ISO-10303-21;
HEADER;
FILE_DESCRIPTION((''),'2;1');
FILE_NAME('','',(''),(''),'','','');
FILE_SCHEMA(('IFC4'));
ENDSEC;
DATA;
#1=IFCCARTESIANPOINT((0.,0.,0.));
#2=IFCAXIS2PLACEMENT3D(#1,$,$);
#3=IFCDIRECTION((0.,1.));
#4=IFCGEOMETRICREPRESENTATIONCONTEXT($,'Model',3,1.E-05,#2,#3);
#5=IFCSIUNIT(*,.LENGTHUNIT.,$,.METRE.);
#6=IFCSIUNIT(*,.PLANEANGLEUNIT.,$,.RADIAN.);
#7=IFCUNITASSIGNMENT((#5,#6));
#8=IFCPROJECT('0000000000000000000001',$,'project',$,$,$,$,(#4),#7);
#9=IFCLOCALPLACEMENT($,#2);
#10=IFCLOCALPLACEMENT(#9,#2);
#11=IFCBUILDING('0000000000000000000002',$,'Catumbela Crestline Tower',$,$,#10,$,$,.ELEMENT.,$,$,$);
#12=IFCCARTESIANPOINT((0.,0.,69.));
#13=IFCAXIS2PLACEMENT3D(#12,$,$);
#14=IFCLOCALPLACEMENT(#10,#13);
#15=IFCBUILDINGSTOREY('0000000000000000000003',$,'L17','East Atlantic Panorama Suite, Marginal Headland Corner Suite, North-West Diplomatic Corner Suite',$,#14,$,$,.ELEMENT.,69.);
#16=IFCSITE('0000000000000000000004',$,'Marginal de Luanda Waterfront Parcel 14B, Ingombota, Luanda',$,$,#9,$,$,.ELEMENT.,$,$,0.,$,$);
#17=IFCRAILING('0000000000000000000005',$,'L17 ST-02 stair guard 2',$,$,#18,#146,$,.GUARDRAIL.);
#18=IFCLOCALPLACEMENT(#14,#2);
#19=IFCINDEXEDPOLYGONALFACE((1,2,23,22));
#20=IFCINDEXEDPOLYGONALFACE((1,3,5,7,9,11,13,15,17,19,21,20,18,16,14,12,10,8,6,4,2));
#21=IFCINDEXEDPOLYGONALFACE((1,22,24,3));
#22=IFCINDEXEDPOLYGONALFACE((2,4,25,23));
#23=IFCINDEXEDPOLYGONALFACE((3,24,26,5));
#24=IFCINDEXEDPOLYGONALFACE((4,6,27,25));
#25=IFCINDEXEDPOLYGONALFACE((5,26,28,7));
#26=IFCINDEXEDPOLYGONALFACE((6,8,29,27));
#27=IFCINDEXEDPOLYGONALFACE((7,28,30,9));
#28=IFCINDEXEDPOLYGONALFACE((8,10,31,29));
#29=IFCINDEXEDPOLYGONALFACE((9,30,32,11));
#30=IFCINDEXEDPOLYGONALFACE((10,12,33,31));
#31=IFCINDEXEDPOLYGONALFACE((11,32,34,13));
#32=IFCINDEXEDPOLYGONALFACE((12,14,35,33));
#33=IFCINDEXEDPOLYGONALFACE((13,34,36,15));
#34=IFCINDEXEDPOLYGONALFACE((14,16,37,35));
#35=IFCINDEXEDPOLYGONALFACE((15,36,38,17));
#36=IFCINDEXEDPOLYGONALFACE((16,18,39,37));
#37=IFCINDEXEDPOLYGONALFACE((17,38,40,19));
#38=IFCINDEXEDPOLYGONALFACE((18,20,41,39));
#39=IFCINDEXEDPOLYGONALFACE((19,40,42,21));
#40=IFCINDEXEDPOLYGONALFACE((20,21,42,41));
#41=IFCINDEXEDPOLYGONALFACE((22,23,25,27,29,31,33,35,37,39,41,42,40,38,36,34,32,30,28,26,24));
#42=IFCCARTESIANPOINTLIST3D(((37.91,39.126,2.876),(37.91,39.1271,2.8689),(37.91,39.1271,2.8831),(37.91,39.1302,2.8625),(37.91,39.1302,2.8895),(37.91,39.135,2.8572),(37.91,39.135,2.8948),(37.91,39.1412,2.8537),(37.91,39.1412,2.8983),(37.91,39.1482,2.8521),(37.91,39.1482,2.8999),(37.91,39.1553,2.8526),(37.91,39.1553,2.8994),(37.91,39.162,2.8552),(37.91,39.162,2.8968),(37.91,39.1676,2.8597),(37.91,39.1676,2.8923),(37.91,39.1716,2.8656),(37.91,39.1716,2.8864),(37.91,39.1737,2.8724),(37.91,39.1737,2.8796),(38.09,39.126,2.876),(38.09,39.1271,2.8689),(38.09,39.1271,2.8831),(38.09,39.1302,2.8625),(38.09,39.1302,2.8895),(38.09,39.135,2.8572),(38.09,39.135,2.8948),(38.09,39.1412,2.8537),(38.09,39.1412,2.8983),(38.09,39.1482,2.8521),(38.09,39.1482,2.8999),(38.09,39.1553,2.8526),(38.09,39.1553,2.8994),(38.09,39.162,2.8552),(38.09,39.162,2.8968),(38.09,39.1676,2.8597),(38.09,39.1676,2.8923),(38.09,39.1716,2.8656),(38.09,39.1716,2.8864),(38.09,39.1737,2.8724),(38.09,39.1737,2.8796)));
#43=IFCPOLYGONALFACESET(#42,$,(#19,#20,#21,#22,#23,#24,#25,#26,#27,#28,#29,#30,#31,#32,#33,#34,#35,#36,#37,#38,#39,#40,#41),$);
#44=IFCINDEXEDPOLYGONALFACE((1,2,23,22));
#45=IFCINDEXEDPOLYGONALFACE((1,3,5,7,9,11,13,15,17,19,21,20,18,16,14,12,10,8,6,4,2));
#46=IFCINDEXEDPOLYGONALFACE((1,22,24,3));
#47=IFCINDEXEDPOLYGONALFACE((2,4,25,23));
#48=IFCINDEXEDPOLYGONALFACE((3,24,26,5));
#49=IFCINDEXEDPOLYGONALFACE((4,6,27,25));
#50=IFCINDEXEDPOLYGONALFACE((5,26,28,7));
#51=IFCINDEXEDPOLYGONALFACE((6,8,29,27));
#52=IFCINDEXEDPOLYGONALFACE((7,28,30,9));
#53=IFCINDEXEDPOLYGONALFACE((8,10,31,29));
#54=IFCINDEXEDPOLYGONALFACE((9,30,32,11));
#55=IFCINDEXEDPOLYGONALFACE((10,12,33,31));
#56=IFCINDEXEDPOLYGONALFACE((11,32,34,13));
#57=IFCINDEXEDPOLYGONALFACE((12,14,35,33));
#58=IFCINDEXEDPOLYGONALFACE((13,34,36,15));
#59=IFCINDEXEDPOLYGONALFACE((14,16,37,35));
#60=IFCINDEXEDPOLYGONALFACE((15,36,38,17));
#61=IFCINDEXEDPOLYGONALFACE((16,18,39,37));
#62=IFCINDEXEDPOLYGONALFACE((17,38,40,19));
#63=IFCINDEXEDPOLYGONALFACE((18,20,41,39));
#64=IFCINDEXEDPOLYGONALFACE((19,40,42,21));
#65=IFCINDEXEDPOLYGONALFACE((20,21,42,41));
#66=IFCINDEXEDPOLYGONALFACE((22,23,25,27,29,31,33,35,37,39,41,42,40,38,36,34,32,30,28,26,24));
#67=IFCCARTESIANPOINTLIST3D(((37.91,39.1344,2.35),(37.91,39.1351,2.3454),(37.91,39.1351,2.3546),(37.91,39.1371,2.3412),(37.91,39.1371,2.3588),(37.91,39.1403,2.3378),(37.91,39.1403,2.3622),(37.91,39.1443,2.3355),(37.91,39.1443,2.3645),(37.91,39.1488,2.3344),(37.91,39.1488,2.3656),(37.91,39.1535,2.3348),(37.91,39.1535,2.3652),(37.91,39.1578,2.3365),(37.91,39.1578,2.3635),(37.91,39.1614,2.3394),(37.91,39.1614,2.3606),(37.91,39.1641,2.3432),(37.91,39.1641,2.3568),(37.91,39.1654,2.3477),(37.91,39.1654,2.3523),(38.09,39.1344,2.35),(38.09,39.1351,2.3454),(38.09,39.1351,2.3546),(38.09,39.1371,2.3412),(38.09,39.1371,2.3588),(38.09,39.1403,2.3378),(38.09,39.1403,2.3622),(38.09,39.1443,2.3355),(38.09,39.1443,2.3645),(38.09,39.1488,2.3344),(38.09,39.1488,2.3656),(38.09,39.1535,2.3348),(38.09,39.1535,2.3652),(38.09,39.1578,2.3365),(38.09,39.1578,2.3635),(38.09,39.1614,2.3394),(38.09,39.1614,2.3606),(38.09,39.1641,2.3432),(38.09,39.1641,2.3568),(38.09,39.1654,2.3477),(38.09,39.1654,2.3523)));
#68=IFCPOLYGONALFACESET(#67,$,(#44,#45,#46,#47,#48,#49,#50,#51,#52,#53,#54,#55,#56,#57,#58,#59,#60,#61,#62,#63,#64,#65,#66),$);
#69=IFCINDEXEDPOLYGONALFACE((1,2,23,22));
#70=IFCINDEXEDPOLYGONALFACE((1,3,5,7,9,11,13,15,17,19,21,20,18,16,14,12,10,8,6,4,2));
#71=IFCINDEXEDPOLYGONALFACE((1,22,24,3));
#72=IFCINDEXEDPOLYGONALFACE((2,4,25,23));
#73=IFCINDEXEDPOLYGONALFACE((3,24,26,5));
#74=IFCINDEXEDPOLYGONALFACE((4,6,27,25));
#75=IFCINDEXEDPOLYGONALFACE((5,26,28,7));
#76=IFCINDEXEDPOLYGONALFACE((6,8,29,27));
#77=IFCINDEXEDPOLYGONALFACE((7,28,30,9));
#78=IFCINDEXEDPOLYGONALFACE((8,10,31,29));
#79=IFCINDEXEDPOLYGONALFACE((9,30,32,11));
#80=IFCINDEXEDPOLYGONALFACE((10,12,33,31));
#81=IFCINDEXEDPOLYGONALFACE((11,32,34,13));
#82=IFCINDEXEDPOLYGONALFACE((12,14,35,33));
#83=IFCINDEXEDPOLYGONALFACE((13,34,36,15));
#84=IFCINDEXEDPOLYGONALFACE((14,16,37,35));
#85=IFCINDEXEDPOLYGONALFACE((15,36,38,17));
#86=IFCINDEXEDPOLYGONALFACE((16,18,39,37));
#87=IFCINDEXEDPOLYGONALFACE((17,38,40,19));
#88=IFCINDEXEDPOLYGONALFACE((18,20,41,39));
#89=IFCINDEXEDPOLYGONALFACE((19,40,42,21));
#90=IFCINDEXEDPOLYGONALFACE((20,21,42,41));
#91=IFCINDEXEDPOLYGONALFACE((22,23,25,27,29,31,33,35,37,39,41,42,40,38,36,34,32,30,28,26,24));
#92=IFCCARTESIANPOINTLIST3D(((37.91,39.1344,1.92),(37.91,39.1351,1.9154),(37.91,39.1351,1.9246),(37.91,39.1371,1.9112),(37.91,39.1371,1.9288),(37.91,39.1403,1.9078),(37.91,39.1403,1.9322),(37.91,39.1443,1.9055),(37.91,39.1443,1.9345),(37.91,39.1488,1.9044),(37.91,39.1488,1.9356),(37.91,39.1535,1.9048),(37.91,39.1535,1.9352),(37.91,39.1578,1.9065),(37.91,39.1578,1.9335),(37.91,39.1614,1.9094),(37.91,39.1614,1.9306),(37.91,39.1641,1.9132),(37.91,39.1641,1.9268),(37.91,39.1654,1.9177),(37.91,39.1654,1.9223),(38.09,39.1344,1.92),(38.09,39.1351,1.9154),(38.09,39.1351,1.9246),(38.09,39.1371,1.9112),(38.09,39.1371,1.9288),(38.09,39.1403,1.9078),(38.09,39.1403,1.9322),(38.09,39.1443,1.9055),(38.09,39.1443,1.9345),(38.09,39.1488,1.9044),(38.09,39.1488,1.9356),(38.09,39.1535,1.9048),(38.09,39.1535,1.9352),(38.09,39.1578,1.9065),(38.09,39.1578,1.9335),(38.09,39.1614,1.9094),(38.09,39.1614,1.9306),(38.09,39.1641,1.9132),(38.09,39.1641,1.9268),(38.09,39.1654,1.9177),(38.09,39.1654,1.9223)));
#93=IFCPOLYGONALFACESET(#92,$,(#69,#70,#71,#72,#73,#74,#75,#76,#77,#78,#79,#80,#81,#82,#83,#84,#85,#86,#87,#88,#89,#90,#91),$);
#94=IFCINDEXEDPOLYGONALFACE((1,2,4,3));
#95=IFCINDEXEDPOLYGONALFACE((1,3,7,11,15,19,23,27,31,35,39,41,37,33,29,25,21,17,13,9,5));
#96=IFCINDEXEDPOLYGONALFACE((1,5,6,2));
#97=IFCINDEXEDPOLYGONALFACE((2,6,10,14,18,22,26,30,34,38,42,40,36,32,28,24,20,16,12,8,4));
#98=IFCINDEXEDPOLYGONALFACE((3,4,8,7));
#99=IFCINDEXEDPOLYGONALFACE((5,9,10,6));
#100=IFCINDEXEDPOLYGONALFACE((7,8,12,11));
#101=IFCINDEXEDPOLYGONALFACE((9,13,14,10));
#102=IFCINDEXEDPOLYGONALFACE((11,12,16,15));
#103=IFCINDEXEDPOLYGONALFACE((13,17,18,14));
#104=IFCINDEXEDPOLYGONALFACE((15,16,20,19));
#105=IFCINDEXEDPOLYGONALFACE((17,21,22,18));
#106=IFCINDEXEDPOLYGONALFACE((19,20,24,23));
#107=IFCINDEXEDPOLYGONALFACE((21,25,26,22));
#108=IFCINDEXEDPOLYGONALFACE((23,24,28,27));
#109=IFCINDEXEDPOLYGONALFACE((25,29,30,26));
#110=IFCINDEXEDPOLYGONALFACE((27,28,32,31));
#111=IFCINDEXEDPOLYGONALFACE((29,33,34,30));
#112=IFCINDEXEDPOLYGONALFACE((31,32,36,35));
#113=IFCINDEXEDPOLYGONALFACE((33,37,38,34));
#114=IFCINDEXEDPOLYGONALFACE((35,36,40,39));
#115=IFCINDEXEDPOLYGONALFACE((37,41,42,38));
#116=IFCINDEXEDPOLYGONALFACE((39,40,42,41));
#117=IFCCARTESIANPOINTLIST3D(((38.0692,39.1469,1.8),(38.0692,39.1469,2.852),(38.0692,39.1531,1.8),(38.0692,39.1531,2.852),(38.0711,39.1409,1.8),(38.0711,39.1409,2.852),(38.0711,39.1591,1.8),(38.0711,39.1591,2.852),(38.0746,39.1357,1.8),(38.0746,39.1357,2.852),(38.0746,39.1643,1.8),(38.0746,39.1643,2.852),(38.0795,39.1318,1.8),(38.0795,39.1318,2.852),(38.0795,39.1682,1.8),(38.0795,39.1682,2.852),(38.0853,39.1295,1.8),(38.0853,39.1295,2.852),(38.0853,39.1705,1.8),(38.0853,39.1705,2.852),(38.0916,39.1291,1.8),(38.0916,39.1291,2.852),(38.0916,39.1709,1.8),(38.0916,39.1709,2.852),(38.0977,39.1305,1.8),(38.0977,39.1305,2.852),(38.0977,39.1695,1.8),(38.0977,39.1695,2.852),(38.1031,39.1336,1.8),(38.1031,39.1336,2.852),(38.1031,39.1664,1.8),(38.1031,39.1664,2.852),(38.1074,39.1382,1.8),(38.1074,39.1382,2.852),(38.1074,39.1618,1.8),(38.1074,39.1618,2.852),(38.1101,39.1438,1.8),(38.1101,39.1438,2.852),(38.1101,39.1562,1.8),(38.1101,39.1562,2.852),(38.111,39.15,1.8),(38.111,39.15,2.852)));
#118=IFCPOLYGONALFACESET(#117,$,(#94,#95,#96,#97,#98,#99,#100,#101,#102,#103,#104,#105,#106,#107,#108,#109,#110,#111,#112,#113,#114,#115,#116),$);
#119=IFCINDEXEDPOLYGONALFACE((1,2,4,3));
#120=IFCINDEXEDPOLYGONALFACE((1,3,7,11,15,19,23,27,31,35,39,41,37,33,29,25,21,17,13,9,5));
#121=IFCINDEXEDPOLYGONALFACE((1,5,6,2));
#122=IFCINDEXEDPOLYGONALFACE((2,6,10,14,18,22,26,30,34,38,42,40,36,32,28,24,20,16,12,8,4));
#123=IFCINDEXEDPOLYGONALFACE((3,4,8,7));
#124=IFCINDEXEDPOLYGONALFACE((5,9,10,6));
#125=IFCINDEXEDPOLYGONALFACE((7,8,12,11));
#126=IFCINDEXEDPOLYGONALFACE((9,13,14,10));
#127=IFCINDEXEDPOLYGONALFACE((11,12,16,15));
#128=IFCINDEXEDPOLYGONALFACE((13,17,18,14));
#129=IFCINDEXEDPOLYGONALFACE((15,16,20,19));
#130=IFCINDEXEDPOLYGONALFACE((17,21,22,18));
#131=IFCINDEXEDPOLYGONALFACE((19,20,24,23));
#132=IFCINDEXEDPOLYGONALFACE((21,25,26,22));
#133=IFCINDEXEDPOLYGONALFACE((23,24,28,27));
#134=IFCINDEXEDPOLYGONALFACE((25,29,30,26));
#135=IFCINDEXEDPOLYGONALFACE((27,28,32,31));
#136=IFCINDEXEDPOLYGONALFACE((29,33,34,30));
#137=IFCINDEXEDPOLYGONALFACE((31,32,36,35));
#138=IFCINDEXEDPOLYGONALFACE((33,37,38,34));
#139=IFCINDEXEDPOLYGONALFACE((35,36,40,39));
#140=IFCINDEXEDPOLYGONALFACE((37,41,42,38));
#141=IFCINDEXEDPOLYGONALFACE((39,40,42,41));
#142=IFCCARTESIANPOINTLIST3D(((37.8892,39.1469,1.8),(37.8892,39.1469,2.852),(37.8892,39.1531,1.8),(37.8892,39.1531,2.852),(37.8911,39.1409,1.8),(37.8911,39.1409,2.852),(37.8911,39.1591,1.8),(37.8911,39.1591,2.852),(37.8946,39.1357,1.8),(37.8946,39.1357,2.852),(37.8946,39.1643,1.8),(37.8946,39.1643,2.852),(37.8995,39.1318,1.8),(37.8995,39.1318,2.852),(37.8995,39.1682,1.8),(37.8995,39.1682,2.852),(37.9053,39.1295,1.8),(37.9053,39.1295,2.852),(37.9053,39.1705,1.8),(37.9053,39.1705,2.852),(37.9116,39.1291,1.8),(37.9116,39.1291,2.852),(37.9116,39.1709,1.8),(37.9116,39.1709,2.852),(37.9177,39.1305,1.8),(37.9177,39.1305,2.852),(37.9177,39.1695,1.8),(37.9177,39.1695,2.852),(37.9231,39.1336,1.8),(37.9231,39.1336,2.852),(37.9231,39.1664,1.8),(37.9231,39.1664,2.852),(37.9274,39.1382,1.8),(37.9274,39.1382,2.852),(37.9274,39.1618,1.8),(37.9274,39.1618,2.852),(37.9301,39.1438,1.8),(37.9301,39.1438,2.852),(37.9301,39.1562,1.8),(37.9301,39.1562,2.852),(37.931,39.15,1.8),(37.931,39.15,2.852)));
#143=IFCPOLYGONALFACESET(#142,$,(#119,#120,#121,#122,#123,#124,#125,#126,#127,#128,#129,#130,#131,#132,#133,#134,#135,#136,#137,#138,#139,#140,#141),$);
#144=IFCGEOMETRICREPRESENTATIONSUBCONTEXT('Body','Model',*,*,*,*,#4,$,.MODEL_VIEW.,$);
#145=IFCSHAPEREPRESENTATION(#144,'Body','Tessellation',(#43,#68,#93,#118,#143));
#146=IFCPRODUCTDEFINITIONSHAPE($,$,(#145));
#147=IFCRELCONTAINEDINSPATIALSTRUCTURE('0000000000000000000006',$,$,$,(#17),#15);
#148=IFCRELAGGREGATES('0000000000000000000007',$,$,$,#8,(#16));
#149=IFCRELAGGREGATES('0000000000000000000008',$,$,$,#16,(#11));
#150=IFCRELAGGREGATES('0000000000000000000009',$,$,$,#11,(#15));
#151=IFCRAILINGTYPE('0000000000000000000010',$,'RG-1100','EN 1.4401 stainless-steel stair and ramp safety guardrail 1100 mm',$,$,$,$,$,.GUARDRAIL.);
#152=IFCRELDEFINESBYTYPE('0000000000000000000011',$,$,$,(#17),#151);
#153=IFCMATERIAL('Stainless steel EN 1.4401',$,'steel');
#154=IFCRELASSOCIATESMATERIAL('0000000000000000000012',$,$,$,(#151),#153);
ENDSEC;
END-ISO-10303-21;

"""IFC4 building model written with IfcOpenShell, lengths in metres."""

from ifc_helpers import new_model, si_unit, direction, frame, origin, origin_2d, place, context, subcontext, project, spatial, circle, extrude, material, type_object, element, save


model = new_model("IFC4")

# Units and contexts
model_context = context("Model", 3, precision=1e-05, world=origin(), true_north=direction((0.0, 1.0)))
body_context = subcontext(model_context, "Body", "Model", "MODEL_VIEW")
ifc_project = project(units=[si_unit("LENGTHUNIT", "METRE"), si_unit("PLANEANGLEUNIT", "RADIAN")], contexts=[model_context])

# Site, building, storey
site_placement = place(None, origin())
site = spatial("IfcSite", under=ifc_project, at=site_placement, Name="Marginal de Luanda Waterfront Parcel 14B, Ingombota, Luanda", CompositionType="ELEMENT", RefElevation=0.0)
building_placement = place(site_placement, origin())
building = spatial("IfcBuilding", under=site, at=building_placement, Name="Catumbela Crestline Tower", CompositionType="ELEMENT")
storey_placement = place(building_placement, frame((0.0, 0.0, 69.0)))
storey = spatial("IfcBuildingStorey", under=building, at=storey_placement, Name="L17", Description="East Atlantic Panorama Suite, Marginal Headland Corner Suite, North-West Diplomatic Corner Suite", CompositionType="ELEMENT", Elevation=69.0)

# Shared definitions
ifc_material_1 = material(Name="Stainless steel EN 1.4401", Category="steel")

# Railing
railing_type_1 = type_object("IfcRailingType", Name="RG-1100", Description="EN 1.4401 stainless-steel stair and ramp safety guardrail 1100 mm", PredefinedType="GUARDRAIL", material=ifc_material_1)
railing_1_placement = place(storey_placement, frame((38.09, 39.15, 1.8)))
element("IfcRailing", 1, at=railing_1_placement, inside=storey, type_object=railing_type_1, Name="L17 ST-02 stair guard 2", PredefinedType="GUARDRAIL", context=body_context, shape_type="SweptSolid", body=[
    extrude(circle(Radius=0.024, at=origin_2d()), frame((0.0, 0.0, 1.076), z_axis=(-1.0, 0.0, 0.0), x_axis=(0.0, -1.0, 0.0)), (0.0, 0.0, 1.0), 0.18),
    extrude(circle(Radius=0.0156, at=origin_2d()), frame((0.0, 0.0, 0.55), z_axis=(-1.0, 0.0, 0.0), x_axis=(0.0, -1.0, 0.0)), (0.0, 0.0, 1.0), 0.18),
    extrude(circle(Radius=0.0156, at=origin_2d()), frame((0.0, 0.0, 0.12), z_axis=(-1.0, 0.0, 0.0), x_axis=(0.0, -1.0, 0.0)), (0.0, 0.0, 1.0), 0.18),
    extrude(circle(Radius=0.021, at=origin_2d()), origin(), (0.0, 0.0, 1.0), 1.052),
    extrude(circle(Radius=0.021, at=origin_2d()), frame((-0.18, 0.0, 0.0)), (0.0, 0.0, 1.0), 1.052),
])

save(model, "model.ifc")
